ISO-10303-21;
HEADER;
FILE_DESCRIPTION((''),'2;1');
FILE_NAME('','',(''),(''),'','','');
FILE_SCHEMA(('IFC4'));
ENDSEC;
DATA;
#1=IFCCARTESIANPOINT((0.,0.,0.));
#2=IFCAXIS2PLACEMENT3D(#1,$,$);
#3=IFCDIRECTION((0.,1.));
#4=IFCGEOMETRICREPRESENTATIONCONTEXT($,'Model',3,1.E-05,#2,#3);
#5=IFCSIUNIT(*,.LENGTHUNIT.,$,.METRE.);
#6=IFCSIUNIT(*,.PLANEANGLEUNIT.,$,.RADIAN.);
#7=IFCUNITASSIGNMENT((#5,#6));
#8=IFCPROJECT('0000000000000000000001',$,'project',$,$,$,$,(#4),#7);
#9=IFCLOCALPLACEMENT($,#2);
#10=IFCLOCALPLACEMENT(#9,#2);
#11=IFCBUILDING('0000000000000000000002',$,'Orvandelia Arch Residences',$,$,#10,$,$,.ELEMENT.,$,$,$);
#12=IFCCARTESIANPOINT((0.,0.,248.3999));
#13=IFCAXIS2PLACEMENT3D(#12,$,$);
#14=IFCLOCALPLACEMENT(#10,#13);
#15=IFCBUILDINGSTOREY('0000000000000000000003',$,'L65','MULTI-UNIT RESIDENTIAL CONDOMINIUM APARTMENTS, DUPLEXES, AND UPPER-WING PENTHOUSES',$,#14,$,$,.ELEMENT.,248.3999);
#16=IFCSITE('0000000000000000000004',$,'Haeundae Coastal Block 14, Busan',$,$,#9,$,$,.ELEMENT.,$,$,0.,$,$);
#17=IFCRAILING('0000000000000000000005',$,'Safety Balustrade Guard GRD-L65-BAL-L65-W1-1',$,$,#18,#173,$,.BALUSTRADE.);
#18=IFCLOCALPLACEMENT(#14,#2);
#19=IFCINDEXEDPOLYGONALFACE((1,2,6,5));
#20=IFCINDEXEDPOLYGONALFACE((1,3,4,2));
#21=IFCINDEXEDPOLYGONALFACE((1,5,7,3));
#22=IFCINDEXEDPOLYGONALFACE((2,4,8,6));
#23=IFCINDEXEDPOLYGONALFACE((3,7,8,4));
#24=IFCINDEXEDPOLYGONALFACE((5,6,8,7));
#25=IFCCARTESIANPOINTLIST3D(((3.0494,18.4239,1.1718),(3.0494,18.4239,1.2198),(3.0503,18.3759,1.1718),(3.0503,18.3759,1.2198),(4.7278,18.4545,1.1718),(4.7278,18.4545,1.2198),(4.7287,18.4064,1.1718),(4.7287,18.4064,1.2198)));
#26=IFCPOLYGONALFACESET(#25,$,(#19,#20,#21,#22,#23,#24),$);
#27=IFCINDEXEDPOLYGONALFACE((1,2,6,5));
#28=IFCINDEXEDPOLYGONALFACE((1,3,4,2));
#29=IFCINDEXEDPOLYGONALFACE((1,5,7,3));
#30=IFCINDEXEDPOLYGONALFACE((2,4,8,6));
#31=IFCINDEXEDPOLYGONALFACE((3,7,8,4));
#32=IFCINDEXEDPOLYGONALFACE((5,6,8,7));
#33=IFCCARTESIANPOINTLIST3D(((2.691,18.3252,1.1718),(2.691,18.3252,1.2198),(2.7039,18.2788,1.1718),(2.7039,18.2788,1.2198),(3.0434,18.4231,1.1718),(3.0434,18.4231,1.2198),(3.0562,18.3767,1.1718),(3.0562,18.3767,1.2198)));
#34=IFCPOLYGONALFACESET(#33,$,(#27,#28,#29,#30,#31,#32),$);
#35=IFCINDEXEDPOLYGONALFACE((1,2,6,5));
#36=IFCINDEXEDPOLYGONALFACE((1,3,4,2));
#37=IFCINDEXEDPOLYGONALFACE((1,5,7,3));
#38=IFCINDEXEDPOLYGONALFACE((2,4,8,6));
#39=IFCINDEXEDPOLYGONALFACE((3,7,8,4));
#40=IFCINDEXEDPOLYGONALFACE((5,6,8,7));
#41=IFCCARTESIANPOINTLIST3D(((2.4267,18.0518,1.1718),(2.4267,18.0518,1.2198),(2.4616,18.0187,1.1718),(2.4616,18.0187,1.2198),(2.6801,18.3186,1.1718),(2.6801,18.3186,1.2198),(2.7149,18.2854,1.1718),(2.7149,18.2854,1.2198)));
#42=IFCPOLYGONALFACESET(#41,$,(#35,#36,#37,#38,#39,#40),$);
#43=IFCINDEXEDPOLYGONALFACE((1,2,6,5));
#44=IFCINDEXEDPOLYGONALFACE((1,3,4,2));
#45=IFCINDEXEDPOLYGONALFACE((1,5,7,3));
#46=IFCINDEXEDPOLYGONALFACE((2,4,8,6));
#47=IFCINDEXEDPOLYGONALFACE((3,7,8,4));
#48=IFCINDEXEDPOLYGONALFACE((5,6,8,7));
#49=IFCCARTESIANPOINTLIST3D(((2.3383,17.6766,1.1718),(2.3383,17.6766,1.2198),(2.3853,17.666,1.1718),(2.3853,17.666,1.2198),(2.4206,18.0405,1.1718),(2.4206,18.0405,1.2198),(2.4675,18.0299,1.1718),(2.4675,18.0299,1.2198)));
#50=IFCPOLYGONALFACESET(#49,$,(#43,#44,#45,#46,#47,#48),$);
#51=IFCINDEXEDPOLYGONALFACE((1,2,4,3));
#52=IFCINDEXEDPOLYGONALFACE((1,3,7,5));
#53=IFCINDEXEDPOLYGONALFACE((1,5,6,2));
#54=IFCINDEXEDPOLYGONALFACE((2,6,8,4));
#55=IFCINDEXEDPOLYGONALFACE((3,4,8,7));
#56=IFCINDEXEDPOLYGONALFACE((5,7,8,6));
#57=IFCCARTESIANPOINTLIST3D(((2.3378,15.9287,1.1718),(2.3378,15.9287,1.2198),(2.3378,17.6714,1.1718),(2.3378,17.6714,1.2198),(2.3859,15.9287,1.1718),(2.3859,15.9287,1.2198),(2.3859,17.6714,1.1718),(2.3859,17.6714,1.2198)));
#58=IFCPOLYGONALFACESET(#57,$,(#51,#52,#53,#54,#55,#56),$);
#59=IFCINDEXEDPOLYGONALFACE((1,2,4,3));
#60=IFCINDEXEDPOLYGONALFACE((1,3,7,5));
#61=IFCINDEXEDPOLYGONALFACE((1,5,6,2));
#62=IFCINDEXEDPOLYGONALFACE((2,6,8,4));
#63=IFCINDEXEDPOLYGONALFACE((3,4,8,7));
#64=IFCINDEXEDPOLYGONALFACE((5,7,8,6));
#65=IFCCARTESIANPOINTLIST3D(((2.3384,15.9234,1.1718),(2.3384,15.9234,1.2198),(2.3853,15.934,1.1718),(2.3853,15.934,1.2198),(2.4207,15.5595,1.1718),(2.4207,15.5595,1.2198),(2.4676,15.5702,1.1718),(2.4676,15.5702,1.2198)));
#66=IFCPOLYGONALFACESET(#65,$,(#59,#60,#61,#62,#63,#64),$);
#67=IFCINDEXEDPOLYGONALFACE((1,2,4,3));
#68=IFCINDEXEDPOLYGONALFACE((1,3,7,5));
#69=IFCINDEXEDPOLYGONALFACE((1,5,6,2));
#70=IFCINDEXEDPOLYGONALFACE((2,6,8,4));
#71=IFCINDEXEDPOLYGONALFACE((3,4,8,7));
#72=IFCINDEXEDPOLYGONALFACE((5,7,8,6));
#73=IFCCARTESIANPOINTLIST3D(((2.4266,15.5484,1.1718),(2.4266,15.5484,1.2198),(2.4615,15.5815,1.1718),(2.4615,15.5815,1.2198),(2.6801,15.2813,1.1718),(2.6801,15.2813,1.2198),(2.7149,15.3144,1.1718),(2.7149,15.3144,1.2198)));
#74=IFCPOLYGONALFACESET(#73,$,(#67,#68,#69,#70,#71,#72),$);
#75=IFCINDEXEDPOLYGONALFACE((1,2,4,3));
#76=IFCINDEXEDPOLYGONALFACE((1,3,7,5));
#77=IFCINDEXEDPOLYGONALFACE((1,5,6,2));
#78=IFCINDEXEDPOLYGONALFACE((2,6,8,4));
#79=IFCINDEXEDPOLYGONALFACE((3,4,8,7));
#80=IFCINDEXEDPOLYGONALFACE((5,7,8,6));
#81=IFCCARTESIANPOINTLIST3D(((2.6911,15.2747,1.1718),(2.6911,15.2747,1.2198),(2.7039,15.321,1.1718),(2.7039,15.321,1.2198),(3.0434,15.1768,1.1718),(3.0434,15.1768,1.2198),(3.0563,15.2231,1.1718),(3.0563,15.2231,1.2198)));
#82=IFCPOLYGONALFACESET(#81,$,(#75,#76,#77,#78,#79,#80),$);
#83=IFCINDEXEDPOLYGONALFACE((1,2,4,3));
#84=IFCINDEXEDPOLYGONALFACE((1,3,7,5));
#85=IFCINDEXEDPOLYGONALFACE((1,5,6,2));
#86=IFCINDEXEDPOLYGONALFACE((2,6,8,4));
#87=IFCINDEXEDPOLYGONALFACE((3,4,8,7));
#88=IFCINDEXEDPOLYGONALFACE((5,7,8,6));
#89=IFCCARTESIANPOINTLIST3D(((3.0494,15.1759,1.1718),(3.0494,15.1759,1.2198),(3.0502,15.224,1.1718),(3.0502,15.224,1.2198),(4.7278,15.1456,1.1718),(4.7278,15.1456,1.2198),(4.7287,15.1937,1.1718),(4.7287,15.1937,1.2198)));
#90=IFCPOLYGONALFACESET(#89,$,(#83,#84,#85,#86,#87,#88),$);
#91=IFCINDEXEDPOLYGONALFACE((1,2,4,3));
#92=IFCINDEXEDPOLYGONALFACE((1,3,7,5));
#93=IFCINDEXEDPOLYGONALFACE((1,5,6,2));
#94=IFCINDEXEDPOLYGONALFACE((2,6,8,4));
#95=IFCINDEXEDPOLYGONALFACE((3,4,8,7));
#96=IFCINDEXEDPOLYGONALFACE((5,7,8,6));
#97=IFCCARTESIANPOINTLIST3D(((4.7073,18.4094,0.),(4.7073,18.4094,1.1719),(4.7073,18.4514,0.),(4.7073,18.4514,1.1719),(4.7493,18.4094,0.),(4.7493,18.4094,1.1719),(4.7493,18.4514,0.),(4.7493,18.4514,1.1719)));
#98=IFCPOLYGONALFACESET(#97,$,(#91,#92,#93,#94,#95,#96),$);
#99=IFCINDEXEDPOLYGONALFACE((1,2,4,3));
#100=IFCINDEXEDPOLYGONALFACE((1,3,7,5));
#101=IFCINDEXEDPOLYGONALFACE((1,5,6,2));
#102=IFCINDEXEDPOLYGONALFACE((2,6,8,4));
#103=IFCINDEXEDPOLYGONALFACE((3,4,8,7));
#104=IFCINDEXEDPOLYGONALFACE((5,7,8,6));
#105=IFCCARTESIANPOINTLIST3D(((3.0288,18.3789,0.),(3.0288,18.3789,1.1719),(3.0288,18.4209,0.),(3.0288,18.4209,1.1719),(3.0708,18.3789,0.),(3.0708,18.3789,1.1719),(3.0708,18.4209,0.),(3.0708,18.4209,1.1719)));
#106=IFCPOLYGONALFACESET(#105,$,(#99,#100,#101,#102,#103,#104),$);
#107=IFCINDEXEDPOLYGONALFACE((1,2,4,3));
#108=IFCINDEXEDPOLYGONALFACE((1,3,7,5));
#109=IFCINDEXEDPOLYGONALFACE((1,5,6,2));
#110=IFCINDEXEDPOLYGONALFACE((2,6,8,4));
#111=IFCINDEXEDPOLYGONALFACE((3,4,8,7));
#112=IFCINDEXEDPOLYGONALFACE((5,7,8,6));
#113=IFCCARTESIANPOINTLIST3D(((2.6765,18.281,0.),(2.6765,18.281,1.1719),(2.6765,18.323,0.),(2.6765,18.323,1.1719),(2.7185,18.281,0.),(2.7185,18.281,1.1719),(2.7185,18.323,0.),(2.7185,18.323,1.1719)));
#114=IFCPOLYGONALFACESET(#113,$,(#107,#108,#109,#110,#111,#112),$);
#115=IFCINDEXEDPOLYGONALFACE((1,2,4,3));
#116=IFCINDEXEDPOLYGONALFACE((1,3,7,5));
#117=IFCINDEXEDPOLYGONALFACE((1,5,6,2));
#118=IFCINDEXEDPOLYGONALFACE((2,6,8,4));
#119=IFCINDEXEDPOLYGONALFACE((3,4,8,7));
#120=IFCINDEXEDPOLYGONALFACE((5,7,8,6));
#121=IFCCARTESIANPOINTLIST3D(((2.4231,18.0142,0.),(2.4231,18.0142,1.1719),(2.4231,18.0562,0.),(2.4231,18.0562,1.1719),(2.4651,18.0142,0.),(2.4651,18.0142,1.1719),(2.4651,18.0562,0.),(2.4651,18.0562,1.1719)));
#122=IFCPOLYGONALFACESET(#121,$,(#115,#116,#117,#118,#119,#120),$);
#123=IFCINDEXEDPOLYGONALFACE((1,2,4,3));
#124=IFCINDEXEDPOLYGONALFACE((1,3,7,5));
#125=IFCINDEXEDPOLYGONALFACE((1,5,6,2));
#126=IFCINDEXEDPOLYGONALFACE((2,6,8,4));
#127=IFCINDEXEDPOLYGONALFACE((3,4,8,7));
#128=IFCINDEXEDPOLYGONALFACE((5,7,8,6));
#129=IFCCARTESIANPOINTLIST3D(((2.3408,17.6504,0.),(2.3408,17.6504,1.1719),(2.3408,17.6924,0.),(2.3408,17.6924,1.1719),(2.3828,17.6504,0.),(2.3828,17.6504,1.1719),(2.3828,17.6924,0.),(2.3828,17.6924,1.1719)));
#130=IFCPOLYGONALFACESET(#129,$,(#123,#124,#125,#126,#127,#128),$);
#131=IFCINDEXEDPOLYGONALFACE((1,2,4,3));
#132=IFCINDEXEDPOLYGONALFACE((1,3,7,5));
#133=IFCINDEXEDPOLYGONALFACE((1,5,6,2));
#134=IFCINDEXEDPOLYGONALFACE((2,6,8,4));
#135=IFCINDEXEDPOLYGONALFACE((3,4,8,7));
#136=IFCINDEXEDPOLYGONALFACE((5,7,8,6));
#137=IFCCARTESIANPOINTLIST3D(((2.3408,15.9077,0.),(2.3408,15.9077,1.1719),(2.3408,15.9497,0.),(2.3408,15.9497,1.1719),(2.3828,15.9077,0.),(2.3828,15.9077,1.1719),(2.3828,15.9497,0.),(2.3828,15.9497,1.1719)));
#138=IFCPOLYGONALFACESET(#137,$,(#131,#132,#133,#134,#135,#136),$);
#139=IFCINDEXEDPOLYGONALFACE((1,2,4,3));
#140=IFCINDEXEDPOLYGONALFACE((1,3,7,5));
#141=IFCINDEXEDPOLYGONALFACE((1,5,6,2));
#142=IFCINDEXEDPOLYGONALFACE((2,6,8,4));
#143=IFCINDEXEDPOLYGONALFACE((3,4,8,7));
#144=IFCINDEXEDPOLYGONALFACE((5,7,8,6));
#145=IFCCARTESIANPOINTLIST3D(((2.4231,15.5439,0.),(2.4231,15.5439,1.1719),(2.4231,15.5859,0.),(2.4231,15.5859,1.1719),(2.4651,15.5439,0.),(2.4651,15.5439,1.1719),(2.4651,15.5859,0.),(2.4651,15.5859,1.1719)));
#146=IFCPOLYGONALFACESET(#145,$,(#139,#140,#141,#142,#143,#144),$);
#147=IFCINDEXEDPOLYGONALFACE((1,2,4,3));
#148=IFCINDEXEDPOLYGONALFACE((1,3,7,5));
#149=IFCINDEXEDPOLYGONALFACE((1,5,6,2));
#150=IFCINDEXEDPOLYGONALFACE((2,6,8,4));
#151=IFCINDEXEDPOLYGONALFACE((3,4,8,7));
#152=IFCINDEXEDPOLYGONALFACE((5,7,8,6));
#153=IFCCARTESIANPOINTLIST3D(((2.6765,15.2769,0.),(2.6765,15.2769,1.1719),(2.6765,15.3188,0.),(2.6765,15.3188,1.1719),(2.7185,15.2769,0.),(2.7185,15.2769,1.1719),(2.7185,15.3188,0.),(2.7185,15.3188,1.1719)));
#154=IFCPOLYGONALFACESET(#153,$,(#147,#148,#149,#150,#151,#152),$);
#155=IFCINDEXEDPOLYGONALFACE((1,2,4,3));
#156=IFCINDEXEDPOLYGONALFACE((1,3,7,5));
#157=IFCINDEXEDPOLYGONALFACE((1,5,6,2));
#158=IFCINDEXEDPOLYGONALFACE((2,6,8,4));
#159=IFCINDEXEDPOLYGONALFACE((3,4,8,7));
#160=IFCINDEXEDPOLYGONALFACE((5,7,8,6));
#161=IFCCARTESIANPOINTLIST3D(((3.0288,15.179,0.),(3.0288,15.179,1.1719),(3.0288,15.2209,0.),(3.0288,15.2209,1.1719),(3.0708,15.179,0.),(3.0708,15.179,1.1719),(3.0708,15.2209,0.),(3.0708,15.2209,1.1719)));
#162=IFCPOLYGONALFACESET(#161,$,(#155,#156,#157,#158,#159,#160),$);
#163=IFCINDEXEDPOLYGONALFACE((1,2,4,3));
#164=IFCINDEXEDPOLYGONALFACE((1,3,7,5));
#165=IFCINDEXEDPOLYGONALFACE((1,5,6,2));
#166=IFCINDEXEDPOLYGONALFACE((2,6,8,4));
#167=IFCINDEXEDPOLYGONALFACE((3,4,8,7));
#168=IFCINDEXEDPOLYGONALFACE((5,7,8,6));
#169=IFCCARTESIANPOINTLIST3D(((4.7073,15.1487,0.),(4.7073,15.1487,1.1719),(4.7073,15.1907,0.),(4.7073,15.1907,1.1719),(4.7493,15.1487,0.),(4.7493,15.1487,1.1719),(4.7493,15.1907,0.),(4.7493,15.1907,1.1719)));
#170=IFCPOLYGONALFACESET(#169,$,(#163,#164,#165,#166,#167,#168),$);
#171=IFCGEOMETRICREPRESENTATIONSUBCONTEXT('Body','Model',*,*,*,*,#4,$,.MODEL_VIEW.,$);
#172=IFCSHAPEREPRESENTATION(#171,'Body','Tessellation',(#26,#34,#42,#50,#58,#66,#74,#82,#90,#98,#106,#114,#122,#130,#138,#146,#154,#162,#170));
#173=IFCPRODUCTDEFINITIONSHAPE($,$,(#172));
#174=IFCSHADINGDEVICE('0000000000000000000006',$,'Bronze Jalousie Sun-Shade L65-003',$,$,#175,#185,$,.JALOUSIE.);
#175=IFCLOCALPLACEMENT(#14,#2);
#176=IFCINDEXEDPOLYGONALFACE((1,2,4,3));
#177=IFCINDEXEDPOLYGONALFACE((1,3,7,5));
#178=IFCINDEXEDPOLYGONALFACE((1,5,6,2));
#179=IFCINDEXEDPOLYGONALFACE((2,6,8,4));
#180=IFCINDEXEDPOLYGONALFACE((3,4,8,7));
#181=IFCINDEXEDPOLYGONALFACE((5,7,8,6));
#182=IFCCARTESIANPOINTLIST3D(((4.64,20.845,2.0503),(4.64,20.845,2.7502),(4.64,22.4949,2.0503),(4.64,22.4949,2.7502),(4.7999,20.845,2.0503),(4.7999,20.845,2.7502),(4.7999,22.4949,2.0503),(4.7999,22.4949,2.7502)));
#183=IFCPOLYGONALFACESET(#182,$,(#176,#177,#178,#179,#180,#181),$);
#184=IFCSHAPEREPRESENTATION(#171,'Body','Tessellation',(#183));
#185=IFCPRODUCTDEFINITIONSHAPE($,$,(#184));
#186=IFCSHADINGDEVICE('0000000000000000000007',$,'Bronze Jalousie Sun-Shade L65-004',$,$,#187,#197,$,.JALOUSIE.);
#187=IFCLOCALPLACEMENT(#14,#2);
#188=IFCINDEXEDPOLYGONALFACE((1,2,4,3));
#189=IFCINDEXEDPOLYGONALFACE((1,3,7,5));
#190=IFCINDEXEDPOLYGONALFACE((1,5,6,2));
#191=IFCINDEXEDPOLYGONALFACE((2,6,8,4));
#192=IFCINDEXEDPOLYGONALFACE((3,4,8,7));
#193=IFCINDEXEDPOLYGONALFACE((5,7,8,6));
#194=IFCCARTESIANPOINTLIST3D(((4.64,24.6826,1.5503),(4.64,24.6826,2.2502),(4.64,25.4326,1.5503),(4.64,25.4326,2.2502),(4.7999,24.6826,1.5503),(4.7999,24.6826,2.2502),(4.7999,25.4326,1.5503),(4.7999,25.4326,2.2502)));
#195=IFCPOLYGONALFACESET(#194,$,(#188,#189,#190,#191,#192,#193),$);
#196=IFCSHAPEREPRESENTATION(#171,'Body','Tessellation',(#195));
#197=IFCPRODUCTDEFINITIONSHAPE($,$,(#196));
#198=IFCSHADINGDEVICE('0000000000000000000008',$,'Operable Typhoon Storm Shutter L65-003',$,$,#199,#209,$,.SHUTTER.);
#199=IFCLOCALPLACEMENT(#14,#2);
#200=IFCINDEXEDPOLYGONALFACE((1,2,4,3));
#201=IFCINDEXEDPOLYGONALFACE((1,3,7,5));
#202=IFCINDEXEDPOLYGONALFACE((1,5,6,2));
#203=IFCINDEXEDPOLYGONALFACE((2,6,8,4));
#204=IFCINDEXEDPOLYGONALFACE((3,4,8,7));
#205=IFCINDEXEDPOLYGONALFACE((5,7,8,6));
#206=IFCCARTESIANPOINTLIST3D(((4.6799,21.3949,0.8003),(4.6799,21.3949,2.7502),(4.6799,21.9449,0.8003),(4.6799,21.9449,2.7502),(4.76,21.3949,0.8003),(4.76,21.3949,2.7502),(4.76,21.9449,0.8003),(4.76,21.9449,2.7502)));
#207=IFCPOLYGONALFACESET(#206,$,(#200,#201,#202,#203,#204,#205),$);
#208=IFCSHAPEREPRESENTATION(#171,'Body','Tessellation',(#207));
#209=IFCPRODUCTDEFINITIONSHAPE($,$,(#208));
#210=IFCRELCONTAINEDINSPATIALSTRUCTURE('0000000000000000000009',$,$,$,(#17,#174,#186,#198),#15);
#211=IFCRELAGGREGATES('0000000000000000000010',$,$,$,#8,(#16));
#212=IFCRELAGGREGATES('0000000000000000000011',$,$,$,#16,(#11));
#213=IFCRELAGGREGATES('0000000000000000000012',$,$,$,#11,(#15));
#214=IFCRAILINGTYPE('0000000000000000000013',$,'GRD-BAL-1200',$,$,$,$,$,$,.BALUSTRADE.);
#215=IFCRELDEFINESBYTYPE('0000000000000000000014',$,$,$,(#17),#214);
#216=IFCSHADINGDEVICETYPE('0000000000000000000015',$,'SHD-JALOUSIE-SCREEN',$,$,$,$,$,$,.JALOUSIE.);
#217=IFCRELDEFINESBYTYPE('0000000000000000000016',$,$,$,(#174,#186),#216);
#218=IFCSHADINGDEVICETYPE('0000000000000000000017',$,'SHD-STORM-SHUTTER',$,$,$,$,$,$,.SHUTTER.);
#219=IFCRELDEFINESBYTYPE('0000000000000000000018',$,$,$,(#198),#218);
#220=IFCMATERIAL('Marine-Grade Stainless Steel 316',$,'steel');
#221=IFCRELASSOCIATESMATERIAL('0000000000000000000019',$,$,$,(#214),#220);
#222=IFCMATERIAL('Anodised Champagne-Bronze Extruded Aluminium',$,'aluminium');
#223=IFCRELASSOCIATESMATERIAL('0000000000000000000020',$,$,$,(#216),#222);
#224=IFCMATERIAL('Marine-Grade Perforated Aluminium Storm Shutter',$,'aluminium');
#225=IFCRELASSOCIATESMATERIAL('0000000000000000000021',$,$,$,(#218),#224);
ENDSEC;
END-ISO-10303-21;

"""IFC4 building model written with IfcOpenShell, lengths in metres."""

from ifc_helpers import new_model, si_unit, direction, frame, origin, origin_2d, place, context, subcontext, project, spatial, rectangle, extrude, material, type_object, element, save


model = new_model("IFC4")

# Units and contexts
model_context = context("Model", 3, precision=1e-05, world=origin(), true_north=direction((0.0, 1.0)))
body_context = subcontext(model_context, "Body", "Model", "MODEL_VIEW")
ifc_project = project(units=[si_unit("LENGTHUNIT", "METRE"), si_unit("PLANEANGLEUNIT", "RADIAN")], contexts=[model_context])

# Site, building, storey
site_placement = place(None, origin())
site = spatial("IfcSite", under=ifc_project, at=site_placement, Name="Haeundae Coastal Block 14, Busan", CompositionType="ELEMENT", RefElevation=0.0)
building_placement = place(site_placement, origin())
building = spatial("IfcBuilding", under=site, at=building_placement, Name="Orvandelia Arch Residences", CompositionType="ELEMENT")
storey_placement = place(building_placement, frame((0.0, 0.0, 248.3999)))
storey = spatial("IfcBuildingStorey", under=building, at=storey_placement, Name="L65", Description="MULTI-UNIT RESIDENTIAL CONDOMINIUM APARTMENTS, DUPLEXES, AND UPPER-WING PENTHOUSES", CompositionType="ELEMENT", Elevation=248.3999)

# Railing
ifc_material_1 = material(Name="Marine-Grade Stainless Steel 316", Category="steel")
railing_type = type_object("IfcRailingType", Name="GRD-BAL-1200", PredefinedType="BALUSTRADE", material=ifc_material_1)
railing_placement = place(storey_placement, frame((4.7283, 18.4304, 0.0)))
element("IfcRailing", 1, at=railing_placement, inside=storey, type_object=railing_type, Name="Safety Balustrade Guard GRD-L65-BAL-L65-W1-1", PredefinedType="BALUSTRADE", context=body_context, shape_type="SweptSolid", body=[
    extrude(rectangle(XDim=0.0481, YDim=0.0481, at=origin_2d()), frame((0.0, 0.0, 1.1958), z_axis=(-0.999835, -0.018179, 0.0), x_axis=(0.018179, -0.999835, 0.0)), (0.0, 0.0, 1.0), 1.6787),
    extrude(rectangle(XDim=0.0481, YDim=0.0481, at=origin_2d()), frame((-1.6785, -0.0305, 1.1958), z_axis=(-0.963489, -0.267747, 0.0), x_axis=(0.267747, -0.963489, 0.0)), (0.0, 0.0, 1.0), 0.3657),
    extrude(rectangle(XDim=0.0481, YDim=0.0481, at=origin_2d()), frame((-2.0308, -0.1284, 1.1958), z_axis=(-0.688627, -0.725115, 0.0), x_axis=(0.725115, -0.688627, 0.0)), (0.0, 0.0, 1.0), 0.3679),
    extrude(rectangle(XDim=0.0481, YDim=0.0481, at=origin_2d()), frame((-2.2842, -0.3953, 1.1958), z_axis=(-0.220602, -0.975364, 0.0), x_axis=(0.975364, -0.220602, 0.0)), (0.0, 0.0, 1.0), 0.373),
    extrude(rectangle(XDim=0.0481, YDim=0.0481, at=origin_2d()), frame((-2.3665, -0.759, 1.1958), z_axis=(0.0, -1.0, 0.0), x_axis=(1.0, 0.0, 0.0)), (0.0, 0.0, 1.0), 1.7427),
    extrude(rectangle(XDim=0.0481, YDim=0.0481, at=origin_2d()), frame((-2.3665, -2.5017, 1.1958), z_axis=(0.220602, -0.975364, 0.0), x_axis=(0.975364, 0.220602, 0.0)), (0.0, 0.0, 1.0), 0.373),
    extrude(rectangle(XDim=0.0481, YDim=0.0481, at=origin_2d()), frame((-2.2842, -2.8655, 1.1958), z_axis=(0.688296, -0.72543, 0.0), x_axis=(0.72543, 0.688296, 0.0)), (0.0, 0.0, 1.0), 0.3682),
    extrude(rectangle(XDim=0.0481, YDim=0.0481, at=origin_2d()), frame((-2.0308, -3.1326, 1.1958), z_axis=(0.963489, -0.267747, 0.0), x_axis=(0.267747, 0.963489, 0.0)), (0.0, 0.0, 1.0), 0.3657),
    extrude(rectangle(XDim=0.0481, YDim=0.0481, at=origin_2d()), frame((-1.6785, -3.2305, 1.1958), z_axis=(0.999837, -0.018033, 0.0), x_axis=(0.018033, 0.999837, 0.0)), (0.0, 0.0, 1.0), 1.6787),
    extrude(rectangle(XDim=0.042, YDim=0.042, at=origin_2d()), origin(), (0.0, 0.0, 1.0), 1.1719),
    extrude(rectangle(XDim=0.042, YDim=0.042, at=origin_2d()), frame((-1.6785, -0.0305, 0.0)), (0.0, 0.0, 1.0), 1.1719),
    extrude(rectangle(XDim=0.042, YDim=0.042, at=origin_2d()), frame((-2.0308, -0.1284, 0.0)), (0.0, 0.0, 1.0), 1.1719),
    extrude(rectangle(XDim=0.042, YDim=0.042, at=origin_2d()), frame((-2.2842, -0.3953, 0.0)), (0.0, 0.0, 1.0), 1.1719),
    extrude(rectangle(XDim=0.042, YDim=0.042, at=origin_2d()), frame((-2.3665, -0.759, 0.0)), (0.0, 0.0, 1.0), 1.1719),
    extrude(rectangle(XDim=0.042, YDim=0.042, at=origin_2d()), frame((-2.3665, -2.5017, 0.0)), (0.0, 0.0, 1.0), 1.1719),
    extrude(rectangle(XDim=0.042, YDim=0.042, at=origin_2d()), frame((-2.2842, -2.8655, 0.0)), (0.0, 0.0, 1.0), 1.1719),
    extrude(rectangle(XDim=0.042, YDim=0.042, at=origin_2d()), frame((-2.0308, -3.1326, 0.0)), (0.0, 0.0, 1.0), 1.1719),
    extrude(rectangle(XDim=0.042, YDim=0.042, at=origin_2d()), frame((-1.6785, -3.2305, 0.0)), (0.0, 0.0, 1.0), 1.1719),
    extrude(rectangle(XDim=0.042, YDim=0.042, at=origin_2d()), frame((0.0, -3.2607, 0.0)), (0.0, 0.0, 1.0), 1.1719),
])

# Shading devices
ifc_material_2 = material(Name="Anodised Champagne-Bronze Extruded Aluminium", Category="aluminium")
shading_device_type_1 = type_object("IfcShadingDeviceType", Name="SHD-JALOUSIE-SCREEN", PredefinedType="JALOUSIE", material=ifc_material_2)
shading_device_1_placement = place(storey_placement, frame((4.72, 21.6699, 2.0503), z_axis=(0.0, 0.0, 1.0), x_axis=(0.0, 1.0, 0.0)))
element("IfcShadingDevice", 2, at=shading_device_1_placement, inside=storey, type_object=shading_device_type_1, Name="Bronze Jalousie Sun-Shade L65-003", PredefinedType="JALOUSIE", context=body_context, shape_type="SweptSolid", body=[
    extrude(rectangle(XDim=1.6499, YDim=0.1599, at=origin_2d()), origin(), (0.0, 0.0, 1.0), 0.7),
])
shading_device_2_placement = place(storey_placement, frame((4.72, 25.0576, 1.5503), z_axis=(0.0, 0.0, 1.0), x_axis=(0.0, 1.0, 0.0)))
element("IfcShadingDevice", 3, at=shading_device_2_placement, inside=storey, type_object=shading_device_type_1, Name="Bronze Jalousie Sun-Shade L65-004", PredefinedType="JALOUSIE", context=body_context, shape_type="SweptSolid", body=[
    extrude(rectangle(XDim=0.75, YDim=0.1599, at=origin_2d()), origin(), (0.0, 0.0, 1.0), 0.7),
])
ifc_material_3 = material(Name="Marine-Grade Perforated Aluminium Storm Shutter", Category="aluminium")
shading_device_type_2 = type_object("IfcShadingDeviceType", Name="SHD-STORM-SHUTTER", PredefinedType="SHUTTER", material=ifc_material_3)
shading_device_3_placement = place(storey_placement, frame((4.72, 21.6699, 0.8003), z_axis=(0.0, 0.0, 1.0), x_axis=(0.0, 1.0, 0.0)))
element("IfcShadingDevice", 4, at=shading_device_3_placement, inside=storey, type_object=shading_device_type_2, Name="Operable Typhoon Storm Shutter L65-003", PredefinedType="SHUTTER", context=body_context, shape_type="SweptSolid", body=[
    extrude(rectangle(XDim=0.55, YDim=0.0801, at=origin_2d()), origin(), (0.0, 0.0, 1.0), 1.95),
])

save(model, "model.ifc")
